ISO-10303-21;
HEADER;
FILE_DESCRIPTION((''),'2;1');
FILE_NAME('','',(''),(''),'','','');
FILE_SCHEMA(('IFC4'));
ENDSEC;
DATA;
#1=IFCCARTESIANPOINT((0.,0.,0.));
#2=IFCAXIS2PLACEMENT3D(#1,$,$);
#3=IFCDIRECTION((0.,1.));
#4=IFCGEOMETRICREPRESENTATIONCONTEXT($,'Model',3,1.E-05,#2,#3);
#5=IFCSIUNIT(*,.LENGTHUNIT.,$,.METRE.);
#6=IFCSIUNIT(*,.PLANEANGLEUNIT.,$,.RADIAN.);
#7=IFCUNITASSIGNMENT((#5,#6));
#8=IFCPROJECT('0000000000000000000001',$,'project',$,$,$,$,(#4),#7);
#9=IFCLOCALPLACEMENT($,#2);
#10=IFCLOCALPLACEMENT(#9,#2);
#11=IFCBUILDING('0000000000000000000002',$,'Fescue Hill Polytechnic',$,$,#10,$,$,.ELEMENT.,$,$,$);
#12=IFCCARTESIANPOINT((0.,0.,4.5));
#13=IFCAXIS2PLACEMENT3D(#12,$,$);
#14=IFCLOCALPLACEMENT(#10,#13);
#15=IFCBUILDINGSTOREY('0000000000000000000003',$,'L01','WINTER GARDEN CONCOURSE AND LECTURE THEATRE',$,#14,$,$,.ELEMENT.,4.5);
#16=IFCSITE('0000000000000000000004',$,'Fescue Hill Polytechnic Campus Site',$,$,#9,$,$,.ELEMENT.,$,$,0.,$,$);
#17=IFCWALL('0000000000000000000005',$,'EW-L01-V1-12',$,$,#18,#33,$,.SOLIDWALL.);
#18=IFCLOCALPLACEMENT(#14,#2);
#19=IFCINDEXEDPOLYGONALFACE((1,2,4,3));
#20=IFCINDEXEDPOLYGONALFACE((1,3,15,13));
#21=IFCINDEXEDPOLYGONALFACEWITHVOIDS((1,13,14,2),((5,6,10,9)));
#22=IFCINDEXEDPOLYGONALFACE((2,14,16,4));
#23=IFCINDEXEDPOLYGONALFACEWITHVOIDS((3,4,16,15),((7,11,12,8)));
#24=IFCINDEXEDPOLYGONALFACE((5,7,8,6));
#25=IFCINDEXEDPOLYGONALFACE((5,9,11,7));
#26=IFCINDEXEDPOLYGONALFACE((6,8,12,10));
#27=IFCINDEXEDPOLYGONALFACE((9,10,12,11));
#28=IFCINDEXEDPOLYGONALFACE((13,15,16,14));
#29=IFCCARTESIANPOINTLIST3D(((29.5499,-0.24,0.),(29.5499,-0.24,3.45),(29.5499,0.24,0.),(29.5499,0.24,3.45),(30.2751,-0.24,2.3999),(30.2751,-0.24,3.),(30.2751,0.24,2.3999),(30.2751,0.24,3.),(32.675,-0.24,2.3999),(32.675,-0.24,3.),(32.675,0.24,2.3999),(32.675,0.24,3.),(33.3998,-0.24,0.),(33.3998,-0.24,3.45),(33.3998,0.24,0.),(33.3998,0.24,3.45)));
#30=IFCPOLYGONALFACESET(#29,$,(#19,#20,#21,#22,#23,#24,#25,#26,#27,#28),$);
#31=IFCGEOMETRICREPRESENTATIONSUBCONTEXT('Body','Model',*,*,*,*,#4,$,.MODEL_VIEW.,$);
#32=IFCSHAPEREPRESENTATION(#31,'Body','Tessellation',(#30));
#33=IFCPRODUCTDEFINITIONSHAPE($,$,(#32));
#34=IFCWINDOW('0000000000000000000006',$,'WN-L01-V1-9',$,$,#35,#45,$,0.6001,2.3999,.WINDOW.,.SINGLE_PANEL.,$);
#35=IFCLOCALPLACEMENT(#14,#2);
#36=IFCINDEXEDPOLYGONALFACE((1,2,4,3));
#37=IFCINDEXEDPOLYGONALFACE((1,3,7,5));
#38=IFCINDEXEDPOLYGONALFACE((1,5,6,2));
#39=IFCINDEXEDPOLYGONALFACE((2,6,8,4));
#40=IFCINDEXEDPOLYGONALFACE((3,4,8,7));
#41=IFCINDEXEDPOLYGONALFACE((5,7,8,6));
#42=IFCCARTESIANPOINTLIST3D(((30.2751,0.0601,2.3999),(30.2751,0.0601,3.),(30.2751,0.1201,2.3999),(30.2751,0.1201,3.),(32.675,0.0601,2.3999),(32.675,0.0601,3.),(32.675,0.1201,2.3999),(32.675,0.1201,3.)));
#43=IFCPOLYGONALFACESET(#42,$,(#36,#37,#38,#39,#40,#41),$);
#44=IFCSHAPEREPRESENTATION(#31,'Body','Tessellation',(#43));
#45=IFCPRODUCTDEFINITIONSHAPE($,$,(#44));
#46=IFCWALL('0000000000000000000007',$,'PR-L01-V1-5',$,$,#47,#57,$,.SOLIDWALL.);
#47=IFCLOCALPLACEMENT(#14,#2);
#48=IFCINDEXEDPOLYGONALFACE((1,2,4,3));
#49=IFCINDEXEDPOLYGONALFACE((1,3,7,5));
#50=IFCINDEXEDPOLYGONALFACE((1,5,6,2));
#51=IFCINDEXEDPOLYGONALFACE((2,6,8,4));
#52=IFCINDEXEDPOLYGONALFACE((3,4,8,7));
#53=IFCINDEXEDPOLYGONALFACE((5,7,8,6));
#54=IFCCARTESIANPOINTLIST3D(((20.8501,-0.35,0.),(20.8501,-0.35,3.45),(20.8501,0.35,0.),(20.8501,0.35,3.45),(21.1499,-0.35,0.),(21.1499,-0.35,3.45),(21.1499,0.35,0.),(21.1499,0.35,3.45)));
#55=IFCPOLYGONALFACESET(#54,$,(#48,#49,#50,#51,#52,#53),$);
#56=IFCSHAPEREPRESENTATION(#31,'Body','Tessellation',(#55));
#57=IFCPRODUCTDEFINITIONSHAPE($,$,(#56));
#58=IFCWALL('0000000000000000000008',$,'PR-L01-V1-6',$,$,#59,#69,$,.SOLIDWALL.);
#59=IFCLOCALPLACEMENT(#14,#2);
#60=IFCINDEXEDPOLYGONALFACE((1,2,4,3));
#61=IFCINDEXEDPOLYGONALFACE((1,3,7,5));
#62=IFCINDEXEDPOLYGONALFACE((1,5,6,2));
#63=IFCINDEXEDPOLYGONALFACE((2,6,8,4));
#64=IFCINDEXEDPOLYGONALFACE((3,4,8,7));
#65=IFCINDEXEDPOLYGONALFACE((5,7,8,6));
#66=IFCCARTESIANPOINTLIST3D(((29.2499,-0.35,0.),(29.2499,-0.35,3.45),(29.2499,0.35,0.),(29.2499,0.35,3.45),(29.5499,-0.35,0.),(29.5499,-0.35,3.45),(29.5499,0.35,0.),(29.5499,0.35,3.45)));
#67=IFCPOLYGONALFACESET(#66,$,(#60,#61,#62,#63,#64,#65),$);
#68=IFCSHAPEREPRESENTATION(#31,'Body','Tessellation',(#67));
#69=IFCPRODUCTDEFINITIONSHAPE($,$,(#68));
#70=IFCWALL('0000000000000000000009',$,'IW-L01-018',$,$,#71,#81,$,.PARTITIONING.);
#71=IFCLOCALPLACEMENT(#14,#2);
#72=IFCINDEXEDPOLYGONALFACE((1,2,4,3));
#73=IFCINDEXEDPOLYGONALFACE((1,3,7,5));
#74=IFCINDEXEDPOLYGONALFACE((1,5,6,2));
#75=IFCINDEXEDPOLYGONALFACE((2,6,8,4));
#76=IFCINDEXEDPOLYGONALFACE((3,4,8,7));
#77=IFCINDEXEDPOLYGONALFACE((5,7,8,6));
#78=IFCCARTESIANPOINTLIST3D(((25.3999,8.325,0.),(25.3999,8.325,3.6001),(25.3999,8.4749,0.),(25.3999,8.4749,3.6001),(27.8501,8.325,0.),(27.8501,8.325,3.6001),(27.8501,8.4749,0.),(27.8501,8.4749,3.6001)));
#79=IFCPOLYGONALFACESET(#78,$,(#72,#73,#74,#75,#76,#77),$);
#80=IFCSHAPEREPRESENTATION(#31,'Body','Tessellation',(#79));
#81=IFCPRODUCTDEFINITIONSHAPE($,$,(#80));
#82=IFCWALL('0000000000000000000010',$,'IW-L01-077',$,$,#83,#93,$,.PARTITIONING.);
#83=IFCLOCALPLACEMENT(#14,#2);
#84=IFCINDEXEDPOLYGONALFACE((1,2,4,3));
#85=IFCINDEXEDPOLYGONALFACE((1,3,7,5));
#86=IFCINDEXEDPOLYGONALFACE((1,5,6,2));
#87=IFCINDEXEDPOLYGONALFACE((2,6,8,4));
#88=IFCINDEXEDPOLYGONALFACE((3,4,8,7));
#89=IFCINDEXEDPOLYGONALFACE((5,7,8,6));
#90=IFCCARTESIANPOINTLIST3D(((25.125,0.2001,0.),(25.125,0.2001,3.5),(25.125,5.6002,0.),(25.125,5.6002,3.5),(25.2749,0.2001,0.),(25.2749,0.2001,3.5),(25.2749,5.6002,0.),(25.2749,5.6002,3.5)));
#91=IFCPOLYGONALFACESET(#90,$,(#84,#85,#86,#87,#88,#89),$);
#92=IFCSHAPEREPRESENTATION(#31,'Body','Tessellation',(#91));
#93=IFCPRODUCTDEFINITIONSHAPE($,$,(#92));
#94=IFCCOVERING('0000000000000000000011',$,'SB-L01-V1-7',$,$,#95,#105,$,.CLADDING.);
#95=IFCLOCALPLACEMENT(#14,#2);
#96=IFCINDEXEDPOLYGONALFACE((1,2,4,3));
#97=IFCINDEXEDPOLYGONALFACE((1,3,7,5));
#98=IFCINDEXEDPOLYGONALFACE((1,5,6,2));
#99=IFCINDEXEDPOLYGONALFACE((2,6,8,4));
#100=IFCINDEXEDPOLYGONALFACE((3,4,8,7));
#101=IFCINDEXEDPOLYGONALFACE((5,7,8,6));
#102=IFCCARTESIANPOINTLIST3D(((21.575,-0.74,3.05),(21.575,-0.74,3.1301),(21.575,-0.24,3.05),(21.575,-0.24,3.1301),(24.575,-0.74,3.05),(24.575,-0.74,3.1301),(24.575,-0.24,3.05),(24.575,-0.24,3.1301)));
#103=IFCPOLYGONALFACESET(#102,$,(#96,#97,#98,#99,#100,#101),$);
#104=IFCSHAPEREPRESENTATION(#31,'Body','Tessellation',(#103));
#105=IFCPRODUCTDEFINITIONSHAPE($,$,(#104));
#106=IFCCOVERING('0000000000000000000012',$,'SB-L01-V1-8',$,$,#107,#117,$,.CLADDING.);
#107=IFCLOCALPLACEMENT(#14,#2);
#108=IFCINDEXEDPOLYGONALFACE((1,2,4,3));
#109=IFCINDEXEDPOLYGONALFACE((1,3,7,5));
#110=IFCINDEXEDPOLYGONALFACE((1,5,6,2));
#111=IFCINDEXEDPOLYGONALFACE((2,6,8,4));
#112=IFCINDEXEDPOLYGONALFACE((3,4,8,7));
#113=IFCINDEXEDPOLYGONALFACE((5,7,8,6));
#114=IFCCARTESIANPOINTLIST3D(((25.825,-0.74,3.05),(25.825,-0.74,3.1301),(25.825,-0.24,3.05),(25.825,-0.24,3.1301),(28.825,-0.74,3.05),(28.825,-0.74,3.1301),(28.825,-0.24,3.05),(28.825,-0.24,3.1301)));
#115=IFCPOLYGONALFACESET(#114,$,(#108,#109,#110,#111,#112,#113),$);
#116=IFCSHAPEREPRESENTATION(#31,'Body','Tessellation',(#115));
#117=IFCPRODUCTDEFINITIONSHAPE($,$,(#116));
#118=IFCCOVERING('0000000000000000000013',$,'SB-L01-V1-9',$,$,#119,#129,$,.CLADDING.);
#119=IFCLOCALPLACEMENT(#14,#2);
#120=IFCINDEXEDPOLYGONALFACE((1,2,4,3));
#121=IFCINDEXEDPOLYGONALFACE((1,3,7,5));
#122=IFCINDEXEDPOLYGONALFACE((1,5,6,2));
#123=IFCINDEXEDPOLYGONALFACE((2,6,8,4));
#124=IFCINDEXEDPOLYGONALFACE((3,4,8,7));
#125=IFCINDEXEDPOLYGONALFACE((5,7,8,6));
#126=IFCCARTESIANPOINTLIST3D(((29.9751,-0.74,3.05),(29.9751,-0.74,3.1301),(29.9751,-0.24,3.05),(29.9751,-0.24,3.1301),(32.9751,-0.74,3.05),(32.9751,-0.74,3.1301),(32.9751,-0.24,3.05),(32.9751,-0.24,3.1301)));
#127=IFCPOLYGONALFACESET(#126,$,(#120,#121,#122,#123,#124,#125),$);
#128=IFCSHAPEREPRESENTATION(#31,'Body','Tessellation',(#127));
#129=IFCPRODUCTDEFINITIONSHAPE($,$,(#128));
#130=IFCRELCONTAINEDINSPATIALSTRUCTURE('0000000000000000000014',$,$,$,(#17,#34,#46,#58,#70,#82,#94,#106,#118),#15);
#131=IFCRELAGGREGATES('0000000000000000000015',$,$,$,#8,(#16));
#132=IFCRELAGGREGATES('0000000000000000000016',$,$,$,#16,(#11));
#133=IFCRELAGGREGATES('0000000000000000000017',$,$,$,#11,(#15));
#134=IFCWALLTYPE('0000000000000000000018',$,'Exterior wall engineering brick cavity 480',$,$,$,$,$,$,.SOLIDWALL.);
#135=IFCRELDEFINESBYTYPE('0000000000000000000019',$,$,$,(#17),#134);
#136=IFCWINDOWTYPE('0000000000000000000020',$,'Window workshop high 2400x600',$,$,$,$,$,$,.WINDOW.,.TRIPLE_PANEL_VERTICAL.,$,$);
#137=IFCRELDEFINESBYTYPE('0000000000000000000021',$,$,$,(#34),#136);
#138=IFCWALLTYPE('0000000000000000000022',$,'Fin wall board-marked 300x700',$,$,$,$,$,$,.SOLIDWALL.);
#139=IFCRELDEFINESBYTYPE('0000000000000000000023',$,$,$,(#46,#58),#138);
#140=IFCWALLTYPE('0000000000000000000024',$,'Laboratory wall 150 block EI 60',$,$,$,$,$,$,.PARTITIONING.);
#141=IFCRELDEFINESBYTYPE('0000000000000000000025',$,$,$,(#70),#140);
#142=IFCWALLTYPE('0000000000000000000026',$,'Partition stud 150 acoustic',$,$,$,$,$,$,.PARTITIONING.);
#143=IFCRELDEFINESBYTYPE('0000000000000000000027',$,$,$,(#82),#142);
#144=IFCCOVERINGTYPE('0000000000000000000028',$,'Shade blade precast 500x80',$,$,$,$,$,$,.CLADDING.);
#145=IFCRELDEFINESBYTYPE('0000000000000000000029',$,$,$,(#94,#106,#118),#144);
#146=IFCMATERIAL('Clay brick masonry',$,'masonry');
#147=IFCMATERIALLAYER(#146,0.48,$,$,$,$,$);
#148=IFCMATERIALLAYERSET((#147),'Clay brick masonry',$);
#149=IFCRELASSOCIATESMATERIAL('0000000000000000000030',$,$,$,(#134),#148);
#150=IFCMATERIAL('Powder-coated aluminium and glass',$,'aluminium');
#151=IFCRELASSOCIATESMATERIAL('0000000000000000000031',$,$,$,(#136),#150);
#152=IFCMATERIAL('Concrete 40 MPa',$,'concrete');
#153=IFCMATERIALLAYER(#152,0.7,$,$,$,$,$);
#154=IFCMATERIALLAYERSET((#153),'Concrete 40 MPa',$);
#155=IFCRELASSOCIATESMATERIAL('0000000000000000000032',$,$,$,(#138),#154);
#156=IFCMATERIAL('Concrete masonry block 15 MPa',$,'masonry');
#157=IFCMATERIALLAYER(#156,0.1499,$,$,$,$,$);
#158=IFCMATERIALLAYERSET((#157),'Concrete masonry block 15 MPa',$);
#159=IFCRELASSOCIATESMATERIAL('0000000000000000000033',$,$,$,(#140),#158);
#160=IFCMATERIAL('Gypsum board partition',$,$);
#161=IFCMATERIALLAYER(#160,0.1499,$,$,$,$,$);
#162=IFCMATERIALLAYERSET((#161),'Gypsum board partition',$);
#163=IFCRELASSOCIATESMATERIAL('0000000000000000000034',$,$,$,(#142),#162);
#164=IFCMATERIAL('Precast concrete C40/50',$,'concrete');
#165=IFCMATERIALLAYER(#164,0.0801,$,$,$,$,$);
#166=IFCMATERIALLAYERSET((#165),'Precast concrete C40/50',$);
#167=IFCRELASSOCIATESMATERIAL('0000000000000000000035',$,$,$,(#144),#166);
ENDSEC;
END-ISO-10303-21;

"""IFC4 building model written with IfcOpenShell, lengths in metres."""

from ifc_helpers import new_model, si_unit, direction, frame, frame_2d, origin, origin_2d, place, context, subcontext, project, spatial, rectangle, extrude, material, layer, layer_set, type_object, element, fill, save


model = new_model("IFC4")

# Units and contexts
model_context = context("Model", 3, precision=1e-05, world=origin(), true_north=direction((0.0, 1.0)))
body_context = subcontext(model_context, "Body", "Model", "MODEL_VIEW")
ifc_project = project(units=[si_unit("LENGTHUNIT", "METRE"), si_unit("PLANEANGLEUNIT", "RADIAN")], contexts=[model_context])

# Site, building, storey
site_placement = place(None, origin())
site = spatial("IfcSite", under=ifc_project, at=site_placement, Name="Fescue Hill Polytechnic Campus Site", CompositionType="ELEMENT", RefElevation=0.0)
building_placement = place(site_placement, origin())
building = spatial("IfcBuilding", under=site, at=building_placement, Name="Fescue Hill Polytechnic", CompositionType="ELEMENT")
storey_placement = place(building_placement, frame((0.0, 0.0, 4.5)))
storey = spatial("IfcBuildingStorey", under=building, at=storey_placement, Name="L01", Description="WINTER GARDEN CONCOURSE AND LECTURE THEATRE", CompositionType="ELEMENT", Elevation=4.5)

# Shared definitions
ifc_material_1 = material(Name="Concrete 40 MPa", Category="concrete")

# Wall, opening, window
ifc_material_2 = material(Name="Clay brick masonry", Category="masonry")
ifc_layer_1 = layer(ifc_material_2, 0.48)
ifc_layer_set_1 = layer_set([ifc_layer_1], Name="Clay brick masonry")
wall_type_1 = type_object("IfcWallType", Name="Exterior wall engineering brick cavity 480", PredefinedType="SOLIDWALL", material=ifc_layer_set_1)
ifc_material_3 = material(Name="Powder-coated aluminium and glass", Category="aluminium")
window_type = type_object("IfcWindowType", Name="Window workshop high 2400x600", PartitioningType="TRIPLE_PANEL_VERTICAL", PredefinedType="WINDOW", material=ifc_material_3)
wall_1_placement = place(storey_placement, frame((29.55, 0.0, 0.0), z_axis=(0.0, 0.0, 1.0), x_axis=(1.0, 0.0, 0.0)))
wall_1 = element("IfcWall", 1, at=wall_1_placement, inside=storey, type_object=wall_type_1, Name="EW-L01-V1-12", PredefinedType="SOLIDWALL", context=body_context, shape_type="SweptSolid", body=[
    extrude(rectangle(XDim=3.8499, YDim=0.48, at=frame_2d((1.9248, 0.0))), origin(), (0.0, 0.0, 1.0), 3.45),
])
opening_1_placement = place(wall_1_placement, frame((0.7251, 0.0, 2.3999)))
opening_1 = element("IfcOpeningElement", 2, at=opening_1_placement, cuts=wall_1, PredefinedType="OPENING", context=body_context, shape_type="SweptSolid", body=[
    extrude(rectangle(XDim=2.3999, YDim=0.6001, at=frame_2d((1.2, 0.3))), frame((0.0, 0.25, 0.0), z_axis=(0.0, -1.0, 0.0), x_axis=(1.0, 0.0, 0.0)), (0.0, 0.0, 1.0), 0.5),
])
window_1_placement = place(opening_1_placement, origin())
window_1 = element("IfcWindow", 3, at=window_1_placement, inside=storey, type_object=window_type, Name="WN-L01-V1-9", OverallHeight=0.6001, OverallWidth=2.3999, PartitioningType="SINGLE_PANEL", PredefinedType="WINDOW", context=body_context, shape_type="SweptSolid", body=[
    extrude(rectangle(XDim=2.3999, YDim=0.6001, at=frame_2d((1.2, 0.3))), frame((0.0, 0.1201, 0.0), z_axis=(0.0, -1.0, 0.0), x_axis=(1.0, 0.0, 0.0)), (0.0, 0.0, 1.0), 0.0601),
])
fill(opening_1, window_1)

# Walls
ifc_layer_2 = layer(ifc_material_1, 0.7)
ifc_layer_set_2 = layer_set([ifc_layer_2], Name="Concrete 40 MPa")
wall_type_2 = type_object("IfcWallType", Name="Fin wall board-marked 300x700", PredefinedType="SOLIDWALL", material=ifc_layer_set_2)
wall_2_placement = place(storey_placement, frame((20.8501, 0.0, 0.0), z_axis=(0.0, 0.0, 1.0), x_axis=(1.0, 0.0, 0.0)))
element("IfcWall", 4, at=wall_2_placement, inside=storey, type_object=wall_type_2, Name="PR-L01-V1-5", PredefinedType="SOLIDWALL", context=body_context, shape_type="SweptSolid", body=[
    extrude(rectangle(XDim=0.2998, YDim=0.7, at=frame_2d((0.1499, 0.0))), origin(), (0.0, 0.0, 1.0), 3.45),
])
wall_3_placement = place(storey_placement, frame((29.25, 0.0, 0.0), z_axis=(0.0, 0.0, 1.0), x_axis=(1.0, 0.0, 0.0)))
element("IfcWall", 5, at=wall_3_placement, inside=storey, type_object=wall_type_2, Name="PR-L01-V1-6", PredefinedType="SOLIDWALL", context=body_context, shape_type="SweptSolid", body=[
    extrude(rectangle(XDim=0.3, YDim=0.7, at=frame_2d((0.1499, 0.0))), origin(), (0.0, 0.0, 1.0), 3.45),
])
ifc_material_4 = material(Name="Concrete masonry block 15 MPa", Category="masonry")
ifc_layer_3 = layer(ifc_material_4, 0.1499)
ifc_layer_set_3 = layer_set([ifc_layer_3], Name="Concrete masonry block 15 MPa")
wall_type_3 = type_object("IfcWallType", Name="Laboratory wall 150 block EI 60", PredefinedType="PARTITIONING", material=ifc_layer_set_3)
wall_4_placement = place(storey_placement, frame((25.3999, 8.3999, 0.0), z_axis=(0.0, 0.0, 1.0), x_axis=(1.0, 0.0, 0.0)))
element("IfcWall", 6, at=wall_4_placement, inside=storey, type_object=wall_type_3, Name="IW-L01-018", PredefinedType="PARTITIONING", context=body_context, shape_type="SweptSolid", body=[
    extrude(rectangle(XDim=2.4502, YDim=0.1499, at=frame_2d((1.2251, 0.0))), origin(), (0.0, 0.0, 1.0), 3.6001),
])
ifc_material_5 = material(Name="Gypsum board partition")
ifc_layer_4 = layer(ifc_material_5, 0.1499)
ifc_layer_set_4 = layer_set([ifc_layer_4], Name="Gypsum board partition")
wall_type_4 = type_object("IfcWallType", Name="Partition stud 150 acoustic", PredefinedType="PARTITIONING", material=ifc_layer_set_4)
wall_5_placement = place(storey_placement, frame((25.2, 0.2, 0.0), z_axis=(0.0, 0.0, 1.0), x_axis=(0.0, 1.0, 0.0)))
element("IfcWall", 7, at=wall_5_placement, inside=storey, type_object=wall_type_4, Name="IW-L01-077", PredefinedType="PARTITIONING", context=body_context, shape_type="SweptSolid", body=[
    extrude(rectangle(XDim=5.4001, YDim=0.1499, at=frame_2d((2.7002, 0.0))), origin(), (0.0, 0.0, 1.0), 3.5),
])

# Coverings
ifc_material_6 = material(Name="Precast concrete C40/50", Category="concrete")
ifc_layer_5 = layer(ifc_material_6, 0.0801)
ifc_layer_set_5 = layer_set([ifc_layer_5], Name="Precast concrete C40/50")
covering_type = type_object("IfcCoveringType", Name="Shade blade precast 500x80", PredefinedType="CLADDING", material=ifc_layer_set_5)
for number, where, z_axis, x_axis, name in (
    (8, (23.075, -0.49, 3.05), (0.0, 0.0, 1.0), (1.0, 0.0, 0.0), "SB-L01-V1-7"),
    (9, (27.325, -0.49, 3.05), (0.0, 0.0, 1.0), (1.0, 0.0, 0.0), "SB-L01-V1-8"),
    (10, (31.4751, -0.49, 3.05), (0.0, 0.0, 1.0), (1.0, 0.0, 0.0), "SB-L01-V1-9"),
):
    element("IfcCovering", number, at=place(storey_placement, frame(where, z_axis=z_axis, x_axis=x_axis)), inside=storey, type_object=covering_type, Name=name, PredefinedType="CLADDING", context=body_context, shape_type="SweptSolid", body=[
        extrude(rectangle(XDim=3.0, YDim=0.5, at=origin_2d()), origin(), (0.0, 0.0, 1.0), 0.0801),
    ])

save(model, "model.ifc")
